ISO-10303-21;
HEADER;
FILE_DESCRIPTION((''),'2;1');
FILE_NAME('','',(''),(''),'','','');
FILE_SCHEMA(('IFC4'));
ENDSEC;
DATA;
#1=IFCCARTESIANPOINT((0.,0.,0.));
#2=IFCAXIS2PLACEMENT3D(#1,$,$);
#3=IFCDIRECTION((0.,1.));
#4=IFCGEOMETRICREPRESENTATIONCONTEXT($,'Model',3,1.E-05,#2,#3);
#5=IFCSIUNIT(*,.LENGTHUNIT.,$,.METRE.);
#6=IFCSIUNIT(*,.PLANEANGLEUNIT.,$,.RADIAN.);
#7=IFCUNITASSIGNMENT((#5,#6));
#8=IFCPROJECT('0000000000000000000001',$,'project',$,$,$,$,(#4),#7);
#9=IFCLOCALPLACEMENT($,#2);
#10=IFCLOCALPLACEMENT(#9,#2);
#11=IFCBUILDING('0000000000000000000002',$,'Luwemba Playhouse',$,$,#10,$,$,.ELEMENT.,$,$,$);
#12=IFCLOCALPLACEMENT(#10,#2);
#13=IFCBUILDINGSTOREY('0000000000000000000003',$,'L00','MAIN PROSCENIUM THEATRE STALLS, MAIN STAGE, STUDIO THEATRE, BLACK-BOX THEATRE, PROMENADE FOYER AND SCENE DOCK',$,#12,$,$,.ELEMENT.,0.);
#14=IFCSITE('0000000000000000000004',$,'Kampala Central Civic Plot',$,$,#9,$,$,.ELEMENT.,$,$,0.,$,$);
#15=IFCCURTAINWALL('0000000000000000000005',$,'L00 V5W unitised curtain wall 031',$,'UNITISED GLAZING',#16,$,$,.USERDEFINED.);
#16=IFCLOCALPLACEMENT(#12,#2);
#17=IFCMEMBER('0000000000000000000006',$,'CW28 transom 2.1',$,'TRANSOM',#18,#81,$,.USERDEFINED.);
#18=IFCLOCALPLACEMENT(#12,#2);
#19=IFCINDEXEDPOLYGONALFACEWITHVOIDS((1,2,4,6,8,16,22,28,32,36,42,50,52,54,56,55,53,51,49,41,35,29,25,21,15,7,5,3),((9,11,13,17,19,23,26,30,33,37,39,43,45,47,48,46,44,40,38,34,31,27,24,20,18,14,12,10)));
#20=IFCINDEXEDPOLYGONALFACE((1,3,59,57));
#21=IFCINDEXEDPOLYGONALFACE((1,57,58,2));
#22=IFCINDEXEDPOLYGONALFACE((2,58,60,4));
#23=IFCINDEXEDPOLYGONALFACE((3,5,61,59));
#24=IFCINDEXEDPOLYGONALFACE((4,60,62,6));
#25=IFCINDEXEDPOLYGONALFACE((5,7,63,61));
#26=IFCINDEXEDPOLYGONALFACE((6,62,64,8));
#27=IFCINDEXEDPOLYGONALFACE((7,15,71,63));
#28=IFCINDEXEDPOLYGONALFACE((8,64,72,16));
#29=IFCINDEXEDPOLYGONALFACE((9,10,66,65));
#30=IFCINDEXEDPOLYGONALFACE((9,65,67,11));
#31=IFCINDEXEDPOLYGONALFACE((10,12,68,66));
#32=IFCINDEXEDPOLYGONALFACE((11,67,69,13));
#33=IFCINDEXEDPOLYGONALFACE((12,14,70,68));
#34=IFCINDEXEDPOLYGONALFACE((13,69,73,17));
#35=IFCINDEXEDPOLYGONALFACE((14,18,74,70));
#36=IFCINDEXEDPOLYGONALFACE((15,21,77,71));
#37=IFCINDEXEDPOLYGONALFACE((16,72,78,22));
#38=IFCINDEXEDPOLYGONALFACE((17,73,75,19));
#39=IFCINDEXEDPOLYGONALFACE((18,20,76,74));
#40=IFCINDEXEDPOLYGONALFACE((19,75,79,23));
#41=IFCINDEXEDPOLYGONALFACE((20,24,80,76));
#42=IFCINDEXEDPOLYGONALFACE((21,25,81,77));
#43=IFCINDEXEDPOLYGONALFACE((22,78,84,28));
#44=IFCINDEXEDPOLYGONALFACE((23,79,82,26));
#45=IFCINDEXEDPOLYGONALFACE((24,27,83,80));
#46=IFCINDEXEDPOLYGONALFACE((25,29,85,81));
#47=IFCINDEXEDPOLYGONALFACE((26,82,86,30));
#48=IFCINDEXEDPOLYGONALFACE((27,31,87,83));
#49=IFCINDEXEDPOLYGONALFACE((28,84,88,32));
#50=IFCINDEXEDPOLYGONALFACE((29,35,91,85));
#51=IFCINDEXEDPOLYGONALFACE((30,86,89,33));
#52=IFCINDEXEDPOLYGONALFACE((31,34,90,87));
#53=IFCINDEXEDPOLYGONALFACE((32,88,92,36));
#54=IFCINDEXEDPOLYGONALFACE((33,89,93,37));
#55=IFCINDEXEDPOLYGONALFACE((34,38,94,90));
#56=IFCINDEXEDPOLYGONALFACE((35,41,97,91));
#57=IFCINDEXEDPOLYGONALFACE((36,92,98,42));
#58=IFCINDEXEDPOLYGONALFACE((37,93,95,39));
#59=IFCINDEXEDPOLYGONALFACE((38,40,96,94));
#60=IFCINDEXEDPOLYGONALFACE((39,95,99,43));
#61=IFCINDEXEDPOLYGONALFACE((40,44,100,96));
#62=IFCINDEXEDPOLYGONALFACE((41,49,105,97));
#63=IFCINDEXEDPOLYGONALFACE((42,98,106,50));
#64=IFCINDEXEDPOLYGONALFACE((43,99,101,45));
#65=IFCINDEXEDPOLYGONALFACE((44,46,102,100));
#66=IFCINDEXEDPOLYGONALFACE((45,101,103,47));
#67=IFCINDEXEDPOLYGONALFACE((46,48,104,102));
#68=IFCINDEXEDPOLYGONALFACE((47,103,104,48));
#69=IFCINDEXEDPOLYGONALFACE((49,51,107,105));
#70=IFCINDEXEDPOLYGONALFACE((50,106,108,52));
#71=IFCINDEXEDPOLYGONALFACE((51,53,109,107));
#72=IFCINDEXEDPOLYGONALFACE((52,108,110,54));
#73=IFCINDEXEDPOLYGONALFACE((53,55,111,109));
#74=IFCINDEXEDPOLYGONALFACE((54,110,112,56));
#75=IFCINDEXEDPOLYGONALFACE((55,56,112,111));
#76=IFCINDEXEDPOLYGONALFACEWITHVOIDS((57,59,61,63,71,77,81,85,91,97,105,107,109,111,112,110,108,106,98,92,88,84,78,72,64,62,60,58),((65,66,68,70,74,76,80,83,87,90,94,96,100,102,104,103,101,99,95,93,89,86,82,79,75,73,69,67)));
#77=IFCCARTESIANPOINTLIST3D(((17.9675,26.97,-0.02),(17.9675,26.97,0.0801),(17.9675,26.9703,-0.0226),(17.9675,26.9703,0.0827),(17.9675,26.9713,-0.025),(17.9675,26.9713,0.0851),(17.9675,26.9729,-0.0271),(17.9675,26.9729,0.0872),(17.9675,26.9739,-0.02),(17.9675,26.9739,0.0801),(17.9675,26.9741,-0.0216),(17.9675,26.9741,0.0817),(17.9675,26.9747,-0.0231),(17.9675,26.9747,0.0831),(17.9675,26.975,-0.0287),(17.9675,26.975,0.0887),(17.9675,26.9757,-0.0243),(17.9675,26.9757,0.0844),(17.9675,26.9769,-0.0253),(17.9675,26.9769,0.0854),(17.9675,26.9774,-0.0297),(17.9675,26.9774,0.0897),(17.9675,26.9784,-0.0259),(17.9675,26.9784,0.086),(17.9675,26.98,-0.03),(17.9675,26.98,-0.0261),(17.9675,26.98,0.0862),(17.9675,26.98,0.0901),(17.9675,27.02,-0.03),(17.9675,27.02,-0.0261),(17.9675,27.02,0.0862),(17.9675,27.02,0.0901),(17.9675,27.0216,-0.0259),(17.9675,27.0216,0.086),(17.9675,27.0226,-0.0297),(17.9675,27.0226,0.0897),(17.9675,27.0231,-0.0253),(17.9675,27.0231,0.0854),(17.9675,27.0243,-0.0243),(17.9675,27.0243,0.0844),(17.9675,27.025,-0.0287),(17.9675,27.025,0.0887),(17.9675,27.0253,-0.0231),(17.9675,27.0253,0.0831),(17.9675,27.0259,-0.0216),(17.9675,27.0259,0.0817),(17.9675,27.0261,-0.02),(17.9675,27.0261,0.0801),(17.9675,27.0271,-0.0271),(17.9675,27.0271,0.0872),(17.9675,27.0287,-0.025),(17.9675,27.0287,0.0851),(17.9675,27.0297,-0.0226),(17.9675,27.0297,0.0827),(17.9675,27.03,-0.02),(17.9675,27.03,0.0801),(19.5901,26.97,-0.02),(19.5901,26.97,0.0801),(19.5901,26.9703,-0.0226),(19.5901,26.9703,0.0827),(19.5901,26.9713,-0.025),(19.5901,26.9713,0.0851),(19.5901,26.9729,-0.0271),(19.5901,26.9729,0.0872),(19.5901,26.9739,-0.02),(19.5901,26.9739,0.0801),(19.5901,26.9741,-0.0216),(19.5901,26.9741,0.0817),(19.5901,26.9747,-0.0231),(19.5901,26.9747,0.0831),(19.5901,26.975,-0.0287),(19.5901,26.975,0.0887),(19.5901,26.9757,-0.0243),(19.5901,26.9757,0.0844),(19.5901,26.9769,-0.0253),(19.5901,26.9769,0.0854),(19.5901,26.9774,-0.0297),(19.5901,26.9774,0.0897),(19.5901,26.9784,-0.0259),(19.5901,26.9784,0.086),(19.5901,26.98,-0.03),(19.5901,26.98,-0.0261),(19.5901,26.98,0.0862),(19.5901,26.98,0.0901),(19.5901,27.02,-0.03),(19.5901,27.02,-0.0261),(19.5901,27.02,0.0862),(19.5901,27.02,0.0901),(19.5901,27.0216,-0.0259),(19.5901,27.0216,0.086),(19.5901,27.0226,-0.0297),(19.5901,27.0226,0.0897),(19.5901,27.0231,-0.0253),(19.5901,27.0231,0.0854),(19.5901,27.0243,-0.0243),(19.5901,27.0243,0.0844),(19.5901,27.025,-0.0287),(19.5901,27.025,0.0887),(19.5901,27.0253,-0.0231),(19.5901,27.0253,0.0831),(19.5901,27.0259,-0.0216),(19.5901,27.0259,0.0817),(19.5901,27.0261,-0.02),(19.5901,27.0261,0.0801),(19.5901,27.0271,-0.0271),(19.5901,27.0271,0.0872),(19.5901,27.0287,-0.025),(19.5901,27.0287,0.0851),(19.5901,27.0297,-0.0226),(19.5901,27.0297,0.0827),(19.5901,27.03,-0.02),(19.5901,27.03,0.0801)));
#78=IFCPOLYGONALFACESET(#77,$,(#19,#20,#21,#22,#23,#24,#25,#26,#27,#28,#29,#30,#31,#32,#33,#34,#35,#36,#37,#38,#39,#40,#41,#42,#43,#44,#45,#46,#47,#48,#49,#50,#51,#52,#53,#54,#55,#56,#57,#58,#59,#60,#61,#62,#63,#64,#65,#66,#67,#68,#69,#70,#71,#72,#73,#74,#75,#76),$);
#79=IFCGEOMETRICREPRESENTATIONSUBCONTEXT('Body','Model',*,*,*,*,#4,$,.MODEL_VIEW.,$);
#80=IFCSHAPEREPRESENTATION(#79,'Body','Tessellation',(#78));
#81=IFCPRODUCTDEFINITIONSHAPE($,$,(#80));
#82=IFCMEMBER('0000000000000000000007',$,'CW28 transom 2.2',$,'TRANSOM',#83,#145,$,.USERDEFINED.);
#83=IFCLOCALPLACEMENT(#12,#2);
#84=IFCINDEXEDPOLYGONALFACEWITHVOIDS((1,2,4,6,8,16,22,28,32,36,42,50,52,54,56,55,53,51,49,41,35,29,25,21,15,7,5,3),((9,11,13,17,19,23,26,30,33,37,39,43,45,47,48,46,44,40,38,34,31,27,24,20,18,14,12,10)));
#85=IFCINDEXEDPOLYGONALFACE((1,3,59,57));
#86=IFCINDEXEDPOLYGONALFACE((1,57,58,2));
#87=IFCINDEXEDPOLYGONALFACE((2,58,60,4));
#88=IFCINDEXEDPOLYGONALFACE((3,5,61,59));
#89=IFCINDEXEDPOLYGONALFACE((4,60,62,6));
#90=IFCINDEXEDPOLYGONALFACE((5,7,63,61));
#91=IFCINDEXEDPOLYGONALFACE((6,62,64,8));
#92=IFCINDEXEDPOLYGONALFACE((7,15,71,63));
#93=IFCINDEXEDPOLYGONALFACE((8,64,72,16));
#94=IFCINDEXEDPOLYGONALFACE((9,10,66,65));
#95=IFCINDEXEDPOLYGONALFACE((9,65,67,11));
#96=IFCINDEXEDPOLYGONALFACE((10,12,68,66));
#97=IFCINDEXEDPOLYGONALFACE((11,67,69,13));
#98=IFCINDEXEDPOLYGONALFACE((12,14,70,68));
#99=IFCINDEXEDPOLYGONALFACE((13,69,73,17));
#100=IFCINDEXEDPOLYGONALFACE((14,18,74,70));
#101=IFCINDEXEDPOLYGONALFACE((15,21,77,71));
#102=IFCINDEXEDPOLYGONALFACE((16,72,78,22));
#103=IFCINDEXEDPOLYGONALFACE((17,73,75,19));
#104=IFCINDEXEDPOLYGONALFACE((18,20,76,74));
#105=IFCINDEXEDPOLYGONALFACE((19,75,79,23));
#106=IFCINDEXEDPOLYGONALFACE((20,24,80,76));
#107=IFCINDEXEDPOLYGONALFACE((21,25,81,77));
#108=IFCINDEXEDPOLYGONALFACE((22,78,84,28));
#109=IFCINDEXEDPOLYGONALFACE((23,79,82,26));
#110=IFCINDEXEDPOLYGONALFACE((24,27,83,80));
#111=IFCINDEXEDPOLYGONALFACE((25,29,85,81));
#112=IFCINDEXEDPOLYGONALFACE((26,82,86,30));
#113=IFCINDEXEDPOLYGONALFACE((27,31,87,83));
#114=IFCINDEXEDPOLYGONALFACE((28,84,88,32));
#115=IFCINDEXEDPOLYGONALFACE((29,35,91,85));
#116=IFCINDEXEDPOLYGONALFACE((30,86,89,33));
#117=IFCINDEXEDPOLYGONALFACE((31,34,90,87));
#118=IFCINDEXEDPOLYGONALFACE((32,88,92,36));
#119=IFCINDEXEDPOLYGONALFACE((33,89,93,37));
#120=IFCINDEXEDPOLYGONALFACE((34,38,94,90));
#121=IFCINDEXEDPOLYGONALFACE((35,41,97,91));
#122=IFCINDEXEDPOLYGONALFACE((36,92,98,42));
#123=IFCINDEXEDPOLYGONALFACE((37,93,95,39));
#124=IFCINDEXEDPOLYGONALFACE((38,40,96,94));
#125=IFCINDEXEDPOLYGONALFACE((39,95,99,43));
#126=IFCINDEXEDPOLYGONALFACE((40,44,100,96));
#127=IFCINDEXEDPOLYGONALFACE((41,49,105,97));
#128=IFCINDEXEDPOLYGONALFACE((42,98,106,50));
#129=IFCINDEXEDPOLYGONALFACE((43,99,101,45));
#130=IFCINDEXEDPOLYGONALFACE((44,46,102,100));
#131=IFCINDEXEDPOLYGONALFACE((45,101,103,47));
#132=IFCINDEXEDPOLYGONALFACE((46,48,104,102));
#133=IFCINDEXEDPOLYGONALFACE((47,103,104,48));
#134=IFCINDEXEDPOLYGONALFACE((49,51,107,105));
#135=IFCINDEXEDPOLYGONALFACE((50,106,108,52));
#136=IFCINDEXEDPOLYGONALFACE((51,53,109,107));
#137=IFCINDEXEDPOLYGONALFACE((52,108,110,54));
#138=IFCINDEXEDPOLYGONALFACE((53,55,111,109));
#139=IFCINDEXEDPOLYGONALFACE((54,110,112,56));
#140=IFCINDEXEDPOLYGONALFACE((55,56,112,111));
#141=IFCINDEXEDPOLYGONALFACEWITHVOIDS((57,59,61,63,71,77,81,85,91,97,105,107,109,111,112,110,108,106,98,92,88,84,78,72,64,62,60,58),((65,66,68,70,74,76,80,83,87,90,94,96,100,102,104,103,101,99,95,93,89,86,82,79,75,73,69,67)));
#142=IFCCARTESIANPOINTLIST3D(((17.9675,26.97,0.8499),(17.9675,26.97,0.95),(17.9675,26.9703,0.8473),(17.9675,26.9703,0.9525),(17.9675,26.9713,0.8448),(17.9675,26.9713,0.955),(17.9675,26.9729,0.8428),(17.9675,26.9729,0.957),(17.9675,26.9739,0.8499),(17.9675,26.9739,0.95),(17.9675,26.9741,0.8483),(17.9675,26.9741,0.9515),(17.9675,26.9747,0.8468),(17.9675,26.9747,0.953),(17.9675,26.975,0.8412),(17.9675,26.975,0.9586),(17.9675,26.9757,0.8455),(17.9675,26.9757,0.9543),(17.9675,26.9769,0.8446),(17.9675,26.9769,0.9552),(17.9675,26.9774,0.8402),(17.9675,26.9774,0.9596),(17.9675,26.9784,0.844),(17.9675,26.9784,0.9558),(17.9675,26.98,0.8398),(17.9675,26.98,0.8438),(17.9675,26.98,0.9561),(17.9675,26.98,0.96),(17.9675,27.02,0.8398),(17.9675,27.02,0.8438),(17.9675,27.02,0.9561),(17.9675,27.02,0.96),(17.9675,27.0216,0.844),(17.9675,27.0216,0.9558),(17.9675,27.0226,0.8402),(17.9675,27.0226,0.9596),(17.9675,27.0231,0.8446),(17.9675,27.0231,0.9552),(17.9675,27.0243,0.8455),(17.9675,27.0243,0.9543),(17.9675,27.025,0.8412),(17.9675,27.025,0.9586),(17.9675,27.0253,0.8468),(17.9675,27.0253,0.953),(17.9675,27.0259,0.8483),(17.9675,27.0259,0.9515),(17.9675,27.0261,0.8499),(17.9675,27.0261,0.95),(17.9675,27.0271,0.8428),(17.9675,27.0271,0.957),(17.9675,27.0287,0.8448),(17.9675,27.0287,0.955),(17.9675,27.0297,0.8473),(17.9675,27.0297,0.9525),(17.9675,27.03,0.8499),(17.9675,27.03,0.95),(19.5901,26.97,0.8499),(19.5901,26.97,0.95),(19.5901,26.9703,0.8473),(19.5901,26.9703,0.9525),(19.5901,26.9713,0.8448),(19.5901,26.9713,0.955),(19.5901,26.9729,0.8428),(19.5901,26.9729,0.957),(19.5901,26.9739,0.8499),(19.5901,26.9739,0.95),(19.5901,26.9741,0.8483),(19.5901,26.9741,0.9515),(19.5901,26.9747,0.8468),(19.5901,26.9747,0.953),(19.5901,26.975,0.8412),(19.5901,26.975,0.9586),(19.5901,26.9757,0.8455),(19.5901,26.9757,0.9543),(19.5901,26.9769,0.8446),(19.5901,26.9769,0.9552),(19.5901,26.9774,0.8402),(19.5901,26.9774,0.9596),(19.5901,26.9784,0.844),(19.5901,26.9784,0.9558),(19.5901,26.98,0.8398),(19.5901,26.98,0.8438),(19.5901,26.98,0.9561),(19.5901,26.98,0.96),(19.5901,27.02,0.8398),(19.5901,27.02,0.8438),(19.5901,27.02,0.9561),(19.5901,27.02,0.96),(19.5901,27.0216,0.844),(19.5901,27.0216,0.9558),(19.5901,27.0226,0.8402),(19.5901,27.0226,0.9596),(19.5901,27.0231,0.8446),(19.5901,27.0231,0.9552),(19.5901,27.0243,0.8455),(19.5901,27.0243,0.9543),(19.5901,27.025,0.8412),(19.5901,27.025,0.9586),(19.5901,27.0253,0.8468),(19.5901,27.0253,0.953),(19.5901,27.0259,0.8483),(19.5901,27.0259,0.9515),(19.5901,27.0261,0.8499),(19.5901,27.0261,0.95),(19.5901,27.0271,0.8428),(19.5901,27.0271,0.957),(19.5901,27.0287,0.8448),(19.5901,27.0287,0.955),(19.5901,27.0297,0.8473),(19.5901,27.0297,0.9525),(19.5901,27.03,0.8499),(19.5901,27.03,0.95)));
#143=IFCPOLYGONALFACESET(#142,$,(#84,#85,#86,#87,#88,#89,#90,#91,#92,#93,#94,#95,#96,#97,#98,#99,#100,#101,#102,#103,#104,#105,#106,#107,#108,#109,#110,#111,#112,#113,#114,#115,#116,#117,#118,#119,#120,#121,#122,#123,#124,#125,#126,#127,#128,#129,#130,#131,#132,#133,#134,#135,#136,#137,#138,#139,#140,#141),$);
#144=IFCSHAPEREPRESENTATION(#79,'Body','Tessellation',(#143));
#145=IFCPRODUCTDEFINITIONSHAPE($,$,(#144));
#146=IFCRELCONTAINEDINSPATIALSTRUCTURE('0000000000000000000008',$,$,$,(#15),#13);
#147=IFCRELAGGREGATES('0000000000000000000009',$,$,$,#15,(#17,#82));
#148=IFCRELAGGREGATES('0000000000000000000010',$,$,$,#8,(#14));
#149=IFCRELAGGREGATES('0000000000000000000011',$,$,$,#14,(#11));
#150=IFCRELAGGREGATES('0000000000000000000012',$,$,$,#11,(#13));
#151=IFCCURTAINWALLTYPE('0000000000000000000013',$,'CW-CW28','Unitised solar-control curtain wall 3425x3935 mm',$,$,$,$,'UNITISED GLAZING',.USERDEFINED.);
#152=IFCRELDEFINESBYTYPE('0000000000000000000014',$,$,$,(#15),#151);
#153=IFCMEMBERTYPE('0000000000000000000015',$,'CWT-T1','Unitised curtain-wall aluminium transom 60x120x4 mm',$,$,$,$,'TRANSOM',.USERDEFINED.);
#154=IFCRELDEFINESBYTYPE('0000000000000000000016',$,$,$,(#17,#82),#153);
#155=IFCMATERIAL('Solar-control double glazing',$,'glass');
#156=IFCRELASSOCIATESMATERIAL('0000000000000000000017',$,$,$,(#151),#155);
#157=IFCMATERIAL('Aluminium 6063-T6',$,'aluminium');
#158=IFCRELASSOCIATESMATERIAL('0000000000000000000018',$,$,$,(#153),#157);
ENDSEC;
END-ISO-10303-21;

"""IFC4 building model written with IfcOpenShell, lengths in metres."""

from ifc_helpers import new_model, si_unit, direction, frame, origin, origin_2d, place, context, subcontext, project, spatial, hollow_rectangle, extrude, material, material_profile, profile_set, type_object, element, aggregate, save


model = new_model("IFC4")

# Units and contexts
model_context = context("Model", 3, precision=1e-05, world=origin(), true_north=direction((0.0, 1.0)))
body_context = subcontext(model_context, "Body", "Model", "MODEL_VIEW")
ifc_project = project(units=[si_unit("LENGTHUNIT", "METRE"), si_unit("PLANEANGLEUNIT", "RADIAN")], contexts=[model_context])

# Site, building, storey
site_placement = place(None, origin())
site = spatial("IfcSite", under=ifc_project, at=site_placement, Name="Kampala Central Civic Plot", CompositionType="ELEMENT", RefElevation=0.0)
building_placement = place(site_placement, origin())
building = spatial("IfcBuilding", under=site, at=building_placement, Name="Luwemba Playhouse", CompositionType="ELEMENT")
storey_placement = place(building_placement, origin())
storey = spatial("IfcBuildingStorey", under=building, at=storey_placement, Name="L00", Description="MAIN PROSCENIUM THEATRE STALLS, MAIN STAGE, STUDIO THEATRE, BLACK-BOX THEATRE, PROMENADE FOYER AND SCENE DOCK", CompositionType="ELEMENT", Elevation=0.0)

# Curtain wall
ifc_material_1 = material(Name="Solar-control double glazing", Category="glass")
curtain_wall_type_1 = type_object("IfcCurtainWallType", Name="CW-CW28", Description="Unitised solar-control curtain wall 3425x3935 mm", ElementType="UNITISED GLAZING", PredefinedType="USERDEFINED", material=ifc_material_1)
curtain_wall_1_placement = place(storey_placement, origin())
curtain_wall_1 = element("IfcCurtainWall", 1, at=curtain_wall_1_placement, inside=storey, type_object=curtain_wall_type_1, Name="L00 V5W unitised curtain wall 031", ObjectType="UNITISED GLAZING", PredefinedType="USERDEFINED")
ifc_material_2 = material(Name="Aluminium 6063-T6", Category="aluminium")

# Members
ifc_material_profile_1 = material_profile(ifc_material_2, hollow_rectangle(XDim=0.0601, YDim=0.1201, WallThickness=0.0039, InnerFilletRadius=0.0061, OuterFilletRadius=0.01, at=origin_2d()))
ifc_profile_set_1 = profile_set([ifc_material_profile_1], Name="Aluminium 6063-T6")
member_type_1 = type_object("IfcMemberType", Name="CWT-T1", Description="Unitised curtain-wall aluminium transom 60x120x4 mm", ElementType="TRANSOM", PredefinedType="USERDEFINED", material=ifc_profile_set_1)
member_1_placement = place(storey_placement, frame((17.9675, 27.0, 0.03), z_axis=(1.0, 0.0, 0.0), x_axis=(0.0, 1.0, 0.0)))
member_1 = element("IfcMember", 2, at=member_1_placement, type_object=member_type_1, Name="CW28 transom 2.1", ObjectType="TRANSOM", PredefinedType="USERDEFINED", context=body_context, shape_type="SweptSolid", body=[
    extrude(hollow_rectangle(XDim=0.0601, YDim=0.1201, WallThickness=0.0039, InnerFilletRadius=0.0061, OuterFilletRadius=0.01, at=origin_2d()), origin(), (0.0, 0.0, 1.0), 1.6226),
])
member_2_placement = place(storey_placement, frame((17.9675, 27.0, 0.8999), z_axis=(1.0, 0.0, 0.0), x_axis=(0.0, 1.0, 0.0)))
member_2 = element("IfcMember", 3, at=member_2_placement, type_object=member_type_1, Name="CW28 transom 2.2", ObjectType="TRANSOM", PredefinedType="USERDEFINED", context=body_context, shape_type="SweptSolid", body=[
    extrude(hollow_rectangle(XDim=0.0601, YDim=0.1201, WallThickness=0.0039, InnerFilletRadius=0.0061, OuterFilletRadius=0.01, at=origin_2d()), origin(), (0.0, 0.0, 1.0), 1.6226),
])

aggregate(curtain_wall_1, [member_1, member_2])

save(model, "model.ifc")
